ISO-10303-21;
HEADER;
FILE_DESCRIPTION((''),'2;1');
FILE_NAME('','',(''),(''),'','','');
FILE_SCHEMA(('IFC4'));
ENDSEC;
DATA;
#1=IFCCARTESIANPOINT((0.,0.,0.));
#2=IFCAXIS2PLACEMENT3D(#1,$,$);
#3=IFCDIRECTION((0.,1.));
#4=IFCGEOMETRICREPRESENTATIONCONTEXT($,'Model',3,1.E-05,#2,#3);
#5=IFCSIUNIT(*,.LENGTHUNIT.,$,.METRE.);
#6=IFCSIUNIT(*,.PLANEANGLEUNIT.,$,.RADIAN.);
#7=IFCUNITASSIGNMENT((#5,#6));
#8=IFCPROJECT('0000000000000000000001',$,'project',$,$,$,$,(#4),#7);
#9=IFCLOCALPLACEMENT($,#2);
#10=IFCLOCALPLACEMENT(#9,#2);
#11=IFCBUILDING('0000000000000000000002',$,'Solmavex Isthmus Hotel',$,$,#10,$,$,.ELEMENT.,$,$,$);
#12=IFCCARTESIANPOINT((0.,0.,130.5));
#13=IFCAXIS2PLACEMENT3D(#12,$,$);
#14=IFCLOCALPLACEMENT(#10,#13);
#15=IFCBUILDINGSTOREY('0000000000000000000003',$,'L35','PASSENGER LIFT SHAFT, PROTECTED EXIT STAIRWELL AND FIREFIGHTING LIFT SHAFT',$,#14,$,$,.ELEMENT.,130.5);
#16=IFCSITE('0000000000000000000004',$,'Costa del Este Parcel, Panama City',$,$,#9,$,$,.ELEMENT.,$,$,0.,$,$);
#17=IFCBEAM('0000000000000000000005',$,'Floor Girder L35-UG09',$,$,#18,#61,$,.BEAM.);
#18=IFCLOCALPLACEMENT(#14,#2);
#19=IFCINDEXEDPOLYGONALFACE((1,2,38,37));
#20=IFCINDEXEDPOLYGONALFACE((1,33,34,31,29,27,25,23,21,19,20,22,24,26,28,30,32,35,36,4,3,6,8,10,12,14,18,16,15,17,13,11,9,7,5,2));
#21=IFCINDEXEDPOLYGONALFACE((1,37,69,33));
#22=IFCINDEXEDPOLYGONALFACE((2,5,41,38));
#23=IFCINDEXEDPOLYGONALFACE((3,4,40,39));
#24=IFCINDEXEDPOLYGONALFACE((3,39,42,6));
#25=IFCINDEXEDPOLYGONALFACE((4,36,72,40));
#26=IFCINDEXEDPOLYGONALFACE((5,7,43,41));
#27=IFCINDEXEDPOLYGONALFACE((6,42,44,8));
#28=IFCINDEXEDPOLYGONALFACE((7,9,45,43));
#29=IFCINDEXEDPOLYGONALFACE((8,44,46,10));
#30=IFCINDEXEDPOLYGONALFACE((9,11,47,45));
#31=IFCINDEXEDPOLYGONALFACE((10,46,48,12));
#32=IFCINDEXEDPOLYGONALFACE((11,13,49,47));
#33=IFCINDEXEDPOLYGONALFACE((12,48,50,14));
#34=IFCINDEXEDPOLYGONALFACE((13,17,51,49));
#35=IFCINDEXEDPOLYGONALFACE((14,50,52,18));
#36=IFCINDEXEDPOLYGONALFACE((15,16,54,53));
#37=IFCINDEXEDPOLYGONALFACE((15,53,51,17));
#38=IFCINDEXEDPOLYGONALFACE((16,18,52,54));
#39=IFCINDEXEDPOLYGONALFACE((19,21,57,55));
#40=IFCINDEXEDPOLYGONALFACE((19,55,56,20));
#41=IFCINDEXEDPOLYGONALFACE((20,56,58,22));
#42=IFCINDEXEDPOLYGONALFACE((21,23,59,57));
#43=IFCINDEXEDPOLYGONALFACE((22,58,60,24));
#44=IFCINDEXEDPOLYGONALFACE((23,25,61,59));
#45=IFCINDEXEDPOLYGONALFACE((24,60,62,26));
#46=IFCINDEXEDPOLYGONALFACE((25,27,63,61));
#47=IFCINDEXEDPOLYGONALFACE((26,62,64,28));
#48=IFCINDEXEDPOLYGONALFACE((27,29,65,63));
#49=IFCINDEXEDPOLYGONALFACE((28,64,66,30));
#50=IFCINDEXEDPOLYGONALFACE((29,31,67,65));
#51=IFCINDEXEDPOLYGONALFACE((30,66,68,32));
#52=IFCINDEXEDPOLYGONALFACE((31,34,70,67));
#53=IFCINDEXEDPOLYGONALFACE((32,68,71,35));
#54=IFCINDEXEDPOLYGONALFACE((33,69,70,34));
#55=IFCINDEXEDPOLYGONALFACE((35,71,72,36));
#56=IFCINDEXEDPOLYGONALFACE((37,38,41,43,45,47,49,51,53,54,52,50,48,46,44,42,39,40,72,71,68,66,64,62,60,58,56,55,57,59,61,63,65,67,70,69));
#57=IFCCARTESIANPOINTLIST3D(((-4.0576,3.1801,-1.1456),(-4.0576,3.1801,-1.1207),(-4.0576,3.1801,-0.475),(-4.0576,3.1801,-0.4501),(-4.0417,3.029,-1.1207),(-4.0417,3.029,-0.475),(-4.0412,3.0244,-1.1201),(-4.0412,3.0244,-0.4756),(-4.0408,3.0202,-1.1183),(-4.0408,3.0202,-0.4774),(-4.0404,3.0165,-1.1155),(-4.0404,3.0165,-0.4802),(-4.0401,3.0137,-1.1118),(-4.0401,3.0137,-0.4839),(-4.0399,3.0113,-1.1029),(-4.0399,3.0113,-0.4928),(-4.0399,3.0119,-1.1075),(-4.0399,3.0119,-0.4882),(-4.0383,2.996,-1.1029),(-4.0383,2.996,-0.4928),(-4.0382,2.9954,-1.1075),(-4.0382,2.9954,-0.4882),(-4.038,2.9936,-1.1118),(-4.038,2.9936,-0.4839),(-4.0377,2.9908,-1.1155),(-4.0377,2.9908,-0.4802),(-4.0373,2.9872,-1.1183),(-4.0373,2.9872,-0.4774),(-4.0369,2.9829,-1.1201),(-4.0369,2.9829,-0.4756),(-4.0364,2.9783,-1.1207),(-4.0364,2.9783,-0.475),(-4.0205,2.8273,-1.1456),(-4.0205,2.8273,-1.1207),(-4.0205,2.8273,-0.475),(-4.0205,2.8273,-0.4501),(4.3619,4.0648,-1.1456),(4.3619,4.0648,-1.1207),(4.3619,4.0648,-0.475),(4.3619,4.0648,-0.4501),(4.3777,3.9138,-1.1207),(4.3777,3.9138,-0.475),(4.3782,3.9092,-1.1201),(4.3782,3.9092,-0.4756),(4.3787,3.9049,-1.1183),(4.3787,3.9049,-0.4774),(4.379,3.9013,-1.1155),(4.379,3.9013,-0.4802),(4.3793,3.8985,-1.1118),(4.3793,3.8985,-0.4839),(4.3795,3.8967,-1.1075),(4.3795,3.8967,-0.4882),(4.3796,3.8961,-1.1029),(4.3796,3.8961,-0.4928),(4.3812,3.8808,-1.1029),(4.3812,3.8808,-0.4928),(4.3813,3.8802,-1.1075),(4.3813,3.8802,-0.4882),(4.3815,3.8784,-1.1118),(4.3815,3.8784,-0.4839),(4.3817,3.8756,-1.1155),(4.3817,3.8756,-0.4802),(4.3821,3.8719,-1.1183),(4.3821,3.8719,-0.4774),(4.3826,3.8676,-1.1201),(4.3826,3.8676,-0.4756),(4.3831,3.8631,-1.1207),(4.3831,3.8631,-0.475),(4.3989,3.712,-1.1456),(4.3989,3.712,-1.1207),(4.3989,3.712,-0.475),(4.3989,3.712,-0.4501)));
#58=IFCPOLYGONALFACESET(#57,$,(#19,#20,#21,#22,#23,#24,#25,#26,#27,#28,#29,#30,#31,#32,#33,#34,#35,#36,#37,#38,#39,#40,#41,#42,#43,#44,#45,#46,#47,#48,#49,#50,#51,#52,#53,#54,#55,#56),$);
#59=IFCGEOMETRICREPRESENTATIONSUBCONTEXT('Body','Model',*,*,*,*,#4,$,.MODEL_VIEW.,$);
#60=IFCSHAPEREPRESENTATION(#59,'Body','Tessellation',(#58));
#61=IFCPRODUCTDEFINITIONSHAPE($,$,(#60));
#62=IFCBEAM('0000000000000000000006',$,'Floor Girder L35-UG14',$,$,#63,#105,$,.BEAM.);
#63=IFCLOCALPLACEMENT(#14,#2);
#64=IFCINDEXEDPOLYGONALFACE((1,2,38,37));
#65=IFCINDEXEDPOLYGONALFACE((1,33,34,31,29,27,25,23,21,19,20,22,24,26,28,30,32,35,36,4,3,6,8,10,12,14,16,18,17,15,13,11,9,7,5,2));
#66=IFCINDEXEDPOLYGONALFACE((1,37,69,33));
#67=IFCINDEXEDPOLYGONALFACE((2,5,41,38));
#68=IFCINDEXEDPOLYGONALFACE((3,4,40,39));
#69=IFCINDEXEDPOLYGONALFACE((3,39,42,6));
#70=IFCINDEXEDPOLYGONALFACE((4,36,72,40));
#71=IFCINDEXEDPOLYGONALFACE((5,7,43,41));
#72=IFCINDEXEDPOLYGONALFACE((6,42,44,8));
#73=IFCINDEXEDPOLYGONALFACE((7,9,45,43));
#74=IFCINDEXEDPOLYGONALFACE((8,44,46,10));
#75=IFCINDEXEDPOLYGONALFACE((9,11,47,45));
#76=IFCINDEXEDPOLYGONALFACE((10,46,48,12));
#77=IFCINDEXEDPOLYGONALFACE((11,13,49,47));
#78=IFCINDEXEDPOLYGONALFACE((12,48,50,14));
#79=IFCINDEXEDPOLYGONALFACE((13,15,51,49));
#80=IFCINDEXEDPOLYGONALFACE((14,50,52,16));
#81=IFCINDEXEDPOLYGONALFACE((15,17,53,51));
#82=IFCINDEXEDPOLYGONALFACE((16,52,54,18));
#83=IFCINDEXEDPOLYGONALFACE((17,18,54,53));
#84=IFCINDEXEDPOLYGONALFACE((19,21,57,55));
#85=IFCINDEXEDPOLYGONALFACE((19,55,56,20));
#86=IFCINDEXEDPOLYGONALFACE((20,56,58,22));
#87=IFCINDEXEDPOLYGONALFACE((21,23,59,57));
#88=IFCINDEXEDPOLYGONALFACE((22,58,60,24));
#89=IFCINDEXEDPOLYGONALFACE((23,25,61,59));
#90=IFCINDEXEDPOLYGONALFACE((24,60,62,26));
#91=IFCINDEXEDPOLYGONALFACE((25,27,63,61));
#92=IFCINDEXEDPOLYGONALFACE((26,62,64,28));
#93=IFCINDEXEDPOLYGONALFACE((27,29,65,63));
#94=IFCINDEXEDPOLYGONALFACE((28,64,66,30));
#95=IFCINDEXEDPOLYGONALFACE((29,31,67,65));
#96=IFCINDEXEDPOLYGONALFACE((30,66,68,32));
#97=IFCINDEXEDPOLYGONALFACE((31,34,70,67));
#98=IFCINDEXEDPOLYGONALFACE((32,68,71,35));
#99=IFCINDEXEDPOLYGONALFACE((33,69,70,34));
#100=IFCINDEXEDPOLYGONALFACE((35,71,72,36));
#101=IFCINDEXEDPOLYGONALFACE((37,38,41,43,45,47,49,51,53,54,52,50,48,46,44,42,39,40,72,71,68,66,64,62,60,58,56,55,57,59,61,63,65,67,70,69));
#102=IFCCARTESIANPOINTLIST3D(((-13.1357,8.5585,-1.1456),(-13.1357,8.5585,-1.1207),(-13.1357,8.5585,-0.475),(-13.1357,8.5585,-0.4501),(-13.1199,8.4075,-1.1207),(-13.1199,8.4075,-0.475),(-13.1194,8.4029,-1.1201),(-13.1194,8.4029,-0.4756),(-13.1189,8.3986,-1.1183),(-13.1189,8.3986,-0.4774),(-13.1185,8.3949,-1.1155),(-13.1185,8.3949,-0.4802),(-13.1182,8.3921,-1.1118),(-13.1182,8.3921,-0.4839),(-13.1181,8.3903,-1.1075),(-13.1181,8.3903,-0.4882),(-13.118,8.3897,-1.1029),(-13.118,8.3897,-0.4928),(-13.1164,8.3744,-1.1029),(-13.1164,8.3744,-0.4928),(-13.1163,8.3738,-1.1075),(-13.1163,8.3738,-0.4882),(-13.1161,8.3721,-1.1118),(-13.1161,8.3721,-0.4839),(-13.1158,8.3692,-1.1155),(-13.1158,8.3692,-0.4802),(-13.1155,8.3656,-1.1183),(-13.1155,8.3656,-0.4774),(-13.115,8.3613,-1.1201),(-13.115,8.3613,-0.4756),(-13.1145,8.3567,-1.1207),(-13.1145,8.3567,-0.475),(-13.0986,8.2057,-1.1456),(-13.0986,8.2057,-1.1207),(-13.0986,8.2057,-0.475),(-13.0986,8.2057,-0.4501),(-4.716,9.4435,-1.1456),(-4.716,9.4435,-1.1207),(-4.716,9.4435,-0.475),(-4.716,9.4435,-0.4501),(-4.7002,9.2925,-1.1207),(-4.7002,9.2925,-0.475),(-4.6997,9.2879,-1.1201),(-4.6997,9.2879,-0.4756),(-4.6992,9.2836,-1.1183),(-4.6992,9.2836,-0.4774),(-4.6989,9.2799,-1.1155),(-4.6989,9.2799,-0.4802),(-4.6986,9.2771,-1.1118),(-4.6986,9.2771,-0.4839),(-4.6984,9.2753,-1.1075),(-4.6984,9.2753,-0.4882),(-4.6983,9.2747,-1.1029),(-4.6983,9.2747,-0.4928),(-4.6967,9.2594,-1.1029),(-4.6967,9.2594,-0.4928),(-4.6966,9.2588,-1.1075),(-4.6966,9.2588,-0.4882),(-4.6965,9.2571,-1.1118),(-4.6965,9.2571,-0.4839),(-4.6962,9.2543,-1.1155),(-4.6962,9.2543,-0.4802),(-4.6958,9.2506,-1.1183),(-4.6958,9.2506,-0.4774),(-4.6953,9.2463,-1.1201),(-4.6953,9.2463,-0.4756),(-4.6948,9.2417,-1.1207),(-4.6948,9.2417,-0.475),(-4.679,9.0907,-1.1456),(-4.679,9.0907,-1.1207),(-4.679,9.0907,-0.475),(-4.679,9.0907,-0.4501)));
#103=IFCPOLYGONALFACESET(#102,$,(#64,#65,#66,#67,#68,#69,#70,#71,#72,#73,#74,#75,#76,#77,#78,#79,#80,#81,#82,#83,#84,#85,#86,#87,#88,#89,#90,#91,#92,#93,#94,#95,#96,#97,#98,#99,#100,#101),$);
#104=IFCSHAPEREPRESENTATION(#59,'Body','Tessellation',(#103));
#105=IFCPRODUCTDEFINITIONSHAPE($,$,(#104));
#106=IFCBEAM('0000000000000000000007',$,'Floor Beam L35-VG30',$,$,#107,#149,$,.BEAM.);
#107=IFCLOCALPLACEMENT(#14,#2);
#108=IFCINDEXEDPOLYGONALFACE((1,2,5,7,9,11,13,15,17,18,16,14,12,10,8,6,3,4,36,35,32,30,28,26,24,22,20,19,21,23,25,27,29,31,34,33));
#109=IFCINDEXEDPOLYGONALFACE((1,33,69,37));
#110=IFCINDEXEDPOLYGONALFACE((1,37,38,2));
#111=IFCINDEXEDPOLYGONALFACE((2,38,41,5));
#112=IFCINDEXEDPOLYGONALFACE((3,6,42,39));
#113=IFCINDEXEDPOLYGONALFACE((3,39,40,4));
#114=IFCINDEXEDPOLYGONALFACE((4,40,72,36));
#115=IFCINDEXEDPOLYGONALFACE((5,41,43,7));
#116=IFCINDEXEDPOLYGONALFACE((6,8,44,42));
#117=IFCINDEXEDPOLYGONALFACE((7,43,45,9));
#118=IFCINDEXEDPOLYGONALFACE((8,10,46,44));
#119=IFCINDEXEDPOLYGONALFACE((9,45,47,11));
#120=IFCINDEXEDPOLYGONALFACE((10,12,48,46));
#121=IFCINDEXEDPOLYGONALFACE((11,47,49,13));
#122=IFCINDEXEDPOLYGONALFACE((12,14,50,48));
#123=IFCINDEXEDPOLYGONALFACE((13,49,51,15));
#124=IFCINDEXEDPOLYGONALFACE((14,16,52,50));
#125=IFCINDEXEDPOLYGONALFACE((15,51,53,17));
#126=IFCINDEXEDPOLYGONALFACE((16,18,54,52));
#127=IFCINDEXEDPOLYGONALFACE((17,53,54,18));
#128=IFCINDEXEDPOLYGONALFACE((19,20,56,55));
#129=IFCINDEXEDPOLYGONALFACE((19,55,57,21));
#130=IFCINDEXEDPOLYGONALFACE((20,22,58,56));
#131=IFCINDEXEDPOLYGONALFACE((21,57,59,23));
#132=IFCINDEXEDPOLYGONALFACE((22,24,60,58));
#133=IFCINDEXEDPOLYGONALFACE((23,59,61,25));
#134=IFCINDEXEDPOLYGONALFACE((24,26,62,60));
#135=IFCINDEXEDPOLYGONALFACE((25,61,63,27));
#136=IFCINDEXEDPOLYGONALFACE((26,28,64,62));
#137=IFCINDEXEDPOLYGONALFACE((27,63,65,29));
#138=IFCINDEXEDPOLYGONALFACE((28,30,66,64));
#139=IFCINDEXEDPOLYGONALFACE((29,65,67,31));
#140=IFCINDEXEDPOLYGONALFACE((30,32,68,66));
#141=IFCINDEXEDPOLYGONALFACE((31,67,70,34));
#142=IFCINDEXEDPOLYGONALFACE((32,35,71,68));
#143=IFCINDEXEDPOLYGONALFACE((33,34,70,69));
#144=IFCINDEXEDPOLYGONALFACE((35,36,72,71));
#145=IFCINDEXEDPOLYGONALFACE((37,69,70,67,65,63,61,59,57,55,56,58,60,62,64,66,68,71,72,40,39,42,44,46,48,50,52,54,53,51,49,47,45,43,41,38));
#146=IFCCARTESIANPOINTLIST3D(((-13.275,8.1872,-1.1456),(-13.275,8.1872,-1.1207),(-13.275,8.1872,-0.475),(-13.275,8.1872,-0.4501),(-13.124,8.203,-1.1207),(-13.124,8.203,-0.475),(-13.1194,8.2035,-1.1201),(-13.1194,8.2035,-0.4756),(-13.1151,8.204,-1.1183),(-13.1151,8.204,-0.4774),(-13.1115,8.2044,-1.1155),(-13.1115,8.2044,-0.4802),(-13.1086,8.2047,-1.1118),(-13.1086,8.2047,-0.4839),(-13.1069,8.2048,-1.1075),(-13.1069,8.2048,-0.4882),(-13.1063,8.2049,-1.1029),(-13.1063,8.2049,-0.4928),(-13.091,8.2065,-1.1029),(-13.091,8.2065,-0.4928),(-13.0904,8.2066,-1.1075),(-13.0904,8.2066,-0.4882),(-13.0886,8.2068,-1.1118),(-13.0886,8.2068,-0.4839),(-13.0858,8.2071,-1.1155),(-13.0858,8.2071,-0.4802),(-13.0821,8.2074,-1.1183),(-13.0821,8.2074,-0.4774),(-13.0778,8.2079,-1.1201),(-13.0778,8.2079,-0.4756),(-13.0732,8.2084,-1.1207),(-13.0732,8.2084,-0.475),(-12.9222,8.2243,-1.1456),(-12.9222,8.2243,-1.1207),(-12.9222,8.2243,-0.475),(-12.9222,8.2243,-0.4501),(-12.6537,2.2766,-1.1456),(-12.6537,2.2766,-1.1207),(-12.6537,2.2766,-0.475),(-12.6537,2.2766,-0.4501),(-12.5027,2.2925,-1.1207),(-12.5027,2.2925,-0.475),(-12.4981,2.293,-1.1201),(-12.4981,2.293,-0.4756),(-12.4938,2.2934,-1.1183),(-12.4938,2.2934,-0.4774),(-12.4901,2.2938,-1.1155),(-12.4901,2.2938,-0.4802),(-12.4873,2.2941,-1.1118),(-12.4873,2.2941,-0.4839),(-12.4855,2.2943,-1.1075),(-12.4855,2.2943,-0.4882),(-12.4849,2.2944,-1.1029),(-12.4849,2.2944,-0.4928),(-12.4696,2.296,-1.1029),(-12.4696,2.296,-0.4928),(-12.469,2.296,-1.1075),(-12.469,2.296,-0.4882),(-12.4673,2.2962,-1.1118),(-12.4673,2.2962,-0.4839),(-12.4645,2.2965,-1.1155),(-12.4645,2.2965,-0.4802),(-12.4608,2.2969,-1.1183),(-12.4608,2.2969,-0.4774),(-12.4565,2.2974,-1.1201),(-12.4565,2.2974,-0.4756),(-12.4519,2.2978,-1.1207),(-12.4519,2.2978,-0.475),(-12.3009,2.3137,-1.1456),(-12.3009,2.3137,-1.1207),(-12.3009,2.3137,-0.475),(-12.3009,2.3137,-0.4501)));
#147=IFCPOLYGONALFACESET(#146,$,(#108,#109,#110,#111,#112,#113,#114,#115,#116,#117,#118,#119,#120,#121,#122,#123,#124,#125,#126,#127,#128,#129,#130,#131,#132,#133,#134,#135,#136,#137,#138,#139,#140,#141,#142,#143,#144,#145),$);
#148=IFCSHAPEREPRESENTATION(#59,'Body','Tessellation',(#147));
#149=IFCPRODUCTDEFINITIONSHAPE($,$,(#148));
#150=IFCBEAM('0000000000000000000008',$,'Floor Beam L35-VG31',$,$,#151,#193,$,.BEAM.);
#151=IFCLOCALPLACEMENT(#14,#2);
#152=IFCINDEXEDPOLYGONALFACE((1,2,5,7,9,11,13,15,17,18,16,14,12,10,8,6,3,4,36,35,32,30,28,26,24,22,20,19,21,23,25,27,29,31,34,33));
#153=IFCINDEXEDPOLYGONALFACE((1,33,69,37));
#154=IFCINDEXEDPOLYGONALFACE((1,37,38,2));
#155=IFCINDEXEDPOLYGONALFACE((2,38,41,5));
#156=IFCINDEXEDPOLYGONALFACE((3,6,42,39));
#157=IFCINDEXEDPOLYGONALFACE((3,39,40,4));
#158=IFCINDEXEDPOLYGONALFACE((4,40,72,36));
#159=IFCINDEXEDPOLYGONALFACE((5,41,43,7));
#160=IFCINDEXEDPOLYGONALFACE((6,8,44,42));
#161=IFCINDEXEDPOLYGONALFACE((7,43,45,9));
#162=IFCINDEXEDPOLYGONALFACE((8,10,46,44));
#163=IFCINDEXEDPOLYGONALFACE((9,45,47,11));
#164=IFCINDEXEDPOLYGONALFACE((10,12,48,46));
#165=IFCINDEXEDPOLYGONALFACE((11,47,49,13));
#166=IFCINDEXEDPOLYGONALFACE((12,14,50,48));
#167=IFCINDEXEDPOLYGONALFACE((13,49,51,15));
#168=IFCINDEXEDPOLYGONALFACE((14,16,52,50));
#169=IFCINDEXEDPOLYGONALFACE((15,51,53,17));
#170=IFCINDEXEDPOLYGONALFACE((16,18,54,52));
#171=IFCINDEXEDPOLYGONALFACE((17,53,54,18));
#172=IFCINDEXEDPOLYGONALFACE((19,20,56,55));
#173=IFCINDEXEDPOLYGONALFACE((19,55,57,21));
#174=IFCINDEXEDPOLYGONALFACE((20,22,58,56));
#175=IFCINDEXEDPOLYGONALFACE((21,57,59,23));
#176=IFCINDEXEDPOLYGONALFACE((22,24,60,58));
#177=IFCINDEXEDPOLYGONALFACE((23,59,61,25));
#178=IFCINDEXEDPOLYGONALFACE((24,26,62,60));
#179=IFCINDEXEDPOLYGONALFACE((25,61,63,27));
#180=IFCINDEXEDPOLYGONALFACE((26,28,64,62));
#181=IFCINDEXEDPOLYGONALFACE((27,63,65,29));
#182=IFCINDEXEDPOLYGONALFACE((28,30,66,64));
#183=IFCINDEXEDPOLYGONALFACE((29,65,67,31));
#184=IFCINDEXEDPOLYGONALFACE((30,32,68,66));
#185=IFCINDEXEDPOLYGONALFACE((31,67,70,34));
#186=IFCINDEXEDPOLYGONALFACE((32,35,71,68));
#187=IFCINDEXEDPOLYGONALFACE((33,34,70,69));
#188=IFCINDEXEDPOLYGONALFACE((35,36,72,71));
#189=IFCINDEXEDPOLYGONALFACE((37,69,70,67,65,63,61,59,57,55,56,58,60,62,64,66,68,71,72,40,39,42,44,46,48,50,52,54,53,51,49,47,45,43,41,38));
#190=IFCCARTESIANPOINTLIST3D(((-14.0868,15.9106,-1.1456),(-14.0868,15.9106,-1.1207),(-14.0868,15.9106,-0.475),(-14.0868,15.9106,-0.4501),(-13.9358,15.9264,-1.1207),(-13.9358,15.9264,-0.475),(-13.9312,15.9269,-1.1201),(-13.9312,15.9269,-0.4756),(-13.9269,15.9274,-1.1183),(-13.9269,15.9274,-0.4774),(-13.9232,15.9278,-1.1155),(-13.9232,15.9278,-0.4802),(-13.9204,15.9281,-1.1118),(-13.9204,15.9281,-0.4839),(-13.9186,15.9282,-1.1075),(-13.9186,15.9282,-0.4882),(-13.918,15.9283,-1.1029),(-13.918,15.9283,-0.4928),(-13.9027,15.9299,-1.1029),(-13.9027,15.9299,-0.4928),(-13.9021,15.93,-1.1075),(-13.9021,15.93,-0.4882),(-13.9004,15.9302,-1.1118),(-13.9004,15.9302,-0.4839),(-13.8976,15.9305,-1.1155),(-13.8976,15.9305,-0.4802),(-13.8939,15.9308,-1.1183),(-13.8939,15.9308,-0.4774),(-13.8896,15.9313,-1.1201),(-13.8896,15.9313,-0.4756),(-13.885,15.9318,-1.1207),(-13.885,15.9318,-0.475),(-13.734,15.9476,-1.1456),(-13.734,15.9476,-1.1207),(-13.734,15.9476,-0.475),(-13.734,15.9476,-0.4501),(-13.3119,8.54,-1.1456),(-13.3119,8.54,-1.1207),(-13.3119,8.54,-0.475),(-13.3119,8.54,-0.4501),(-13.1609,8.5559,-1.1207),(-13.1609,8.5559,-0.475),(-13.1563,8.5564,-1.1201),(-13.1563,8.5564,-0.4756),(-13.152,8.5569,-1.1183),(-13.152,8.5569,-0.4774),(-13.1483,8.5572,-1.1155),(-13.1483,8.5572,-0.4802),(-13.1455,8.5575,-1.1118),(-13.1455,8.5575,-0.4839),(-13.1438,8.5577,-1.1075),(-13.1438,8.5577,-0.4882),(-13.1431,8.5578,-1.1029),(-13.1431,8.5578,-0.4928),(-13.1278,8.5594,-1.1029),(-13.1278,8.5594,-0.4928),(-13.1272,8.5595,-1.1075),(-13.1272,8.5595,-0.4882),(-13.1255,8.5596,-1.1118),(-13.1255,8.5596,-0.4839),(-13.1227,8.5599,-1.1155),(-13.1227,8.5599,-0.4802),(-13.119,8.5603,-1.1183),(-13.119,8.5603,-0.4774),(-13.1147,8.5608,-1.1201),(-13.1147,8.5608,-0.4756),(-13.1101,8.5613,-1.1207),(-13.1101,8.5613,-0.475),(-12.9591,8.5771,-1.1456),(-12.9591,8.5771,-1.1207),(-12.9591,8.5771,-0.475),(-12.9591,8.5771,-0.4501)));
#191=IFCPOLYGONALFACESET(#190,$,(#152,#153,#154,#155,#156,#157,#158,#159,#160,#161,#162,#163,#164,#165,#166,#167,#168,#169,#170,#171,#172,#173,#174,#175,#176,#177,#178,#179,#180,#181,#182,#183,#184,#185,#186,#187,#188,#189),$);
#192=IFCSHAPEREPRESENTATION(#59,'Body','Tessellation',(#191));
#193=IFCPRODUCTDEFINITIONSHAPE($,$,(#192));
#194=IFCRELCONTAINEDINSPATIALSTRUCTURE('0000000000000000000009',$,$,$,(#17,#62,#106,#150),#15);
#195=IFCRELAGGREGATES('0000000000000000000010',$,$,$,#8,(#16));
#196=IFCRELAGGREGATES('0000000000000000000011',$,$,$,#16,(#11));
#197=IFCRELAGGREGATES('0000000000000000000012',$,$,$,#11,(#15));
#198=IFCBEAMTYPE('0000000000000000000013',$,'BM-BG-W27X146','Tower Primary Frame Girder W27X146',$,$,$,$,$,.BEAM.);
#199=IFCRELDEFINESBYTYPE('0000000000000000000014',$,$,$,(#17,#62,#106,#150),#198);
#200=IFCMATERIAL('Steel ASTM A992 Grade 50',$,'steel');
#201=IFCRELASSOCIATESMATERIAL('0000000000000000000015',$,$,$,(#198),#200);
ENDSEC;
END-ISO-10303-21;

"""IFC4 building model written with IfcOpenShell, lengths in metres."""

from ifc_helpers import new_model, si_unit, direction, frame, origin, origin_2d, place, context, subcontext, project, spatial, i_section, extrude, material, material_profile, profile_set, type_object, element, save


model = new_model("IFC4")

# Units and contexts
model_context = context("Model", 3, precision=1e-05, world=origin(), true_north=direction((0.0, 1.0)))
body_context = subcontext(model_context, "Body", "Model", "MODEL_VIEW")
ifc_project = project(units=[si_unit("LENGTHUNIT", "METRE"), si_unit("PLANEANGLEUNIT", "RADIAN")], contexts=[model_context])

# Site, building, storey
site_placement = place(None, origin())
site = spatial("IfcSite", under=ifc_project, at=site_placement, Name="Costa del Este Parcel, Panama City", CompositionType="ELEMENT", RefElevation=0.0)
building_placement = place(site_placement, origin())
building = spatial("IfcBuilding", under=site, at=building_placement, Name="Solmavex Isthmus Hotel", CompositionType="ELEMENT")
storey_placement = place(building_placement, frame((0.0, 0.0, 130.5)))
storey = spatial("IfcBuildingStorey", under=building, at=storey_placement, Name="L35", Description="PASSENGER LIFT SHAFT, PROTECTED EXIT STAIRWELL AND FIREFIGHTING LIFT SHAFT", CompositionType="ELEMENT", Elevation=130.5)

# Beams
ifc_material_1 = material(Name="Steel ASTM A992 Grade 50", Category="steel")
ifc_material_profile_1 = material_profile(ifc_material_1, i_section(OverallWidth=0.3547, OverallDepth=0.6956, WebThickness=0.0154, FlangeThickness=0.0249, FilletRadius=0.0178, at=origin_2d()), Name="W27X146")
ifc_profile_set_1 = profile_set([ifc_material_profile_1], Name="Steel ASTM A992 Grade 50")
beam_type_1 = type_object("IfcBeamType", Name="BM-BG-W27X146", Description="Tower Primary Frame Girder W27X146", PredefinedType="BEAM", material=ifc_profile_set_1)
beam_1_placement = place(storey_placement, frame((-4.0391, 3.0037, -0.7979), z_axis=(0.994524, 0.104511, 0.0), x_axis=(-0.104511, 0.994524, 0.0)))
element("IfcBeam", 1, at=beam_1_placement, inside=storey, type_object=beam_type_1, Name="Floor Girder L35-UG09", PredefinedType="BEAM", context=body_context, shape_type="SweptSolid", body=[
    extrude(i_section(OverallWidth=0.3547, OverallDepth=0.6956, WebThickness=0.0154, FlangeThickness=0.0249, FilletRadius=0.0178, at=origin_2d()), origin(), (0.0, 0.0, 1.0), 8.4658),
])
beam_2_placement = place(storey_placement, frame((-13.1172, 8.3821, -0.7979), z_axis=(0.994521, 0.104536, 0.0), x_axis=(-0.104536, 0.994521, 0.0)))
element("IfcBeam", 2, at=beam_2_placement, inside=storey, type_object=beam_type_1, Name="Floor Girder L35-UG14", PredefinedType="BEAM", context=body_context, shape_type="SweptSolid", body=[
    extrude(i_section(OverallWidth=0.3547, OverallDepth=0.6956, WebThickness=0.0154, FlangeThickness=0.0249, FilletRadius=0.0178, at=origin_2d()), origin(), (0.0, 0.0, 1.0), 8.4661),
])
beam_3_placement = place(storey_placement, frame((-12.4773, 2.2952, -0.7979), z_axis=(-0.104546, 0.99452, 0.0), x_axis=(-0.99452, -0.104546, 0.0)))
element("IfcBeam", 3, at=beam_3_placement, inside=storey, type_object=beam_type_1, Name="Floor Beam L35-VG30", PredefinedType="BEAM", context=body_context, shape_type="SweptSolid", body=[
    extrude(i_section(OverallWidth=0.3547, OverallDepth=0.6956, WebThickness=0.0154, FlangeThickness=0.0249, FilletRadius=0.0178, at=origin_2d()), origin(), (0.0, 0.0, 1.0), 5.9431),
])
beam_4_placement = place(storey_placement, frame((-13.1355, 8.5586, -0.7979), z_axis=(-0.104558, 0.994519, 0.0), x_axis=(-0.994519, -0.104558, 0.0)))
element("IfcBeam", 4, at=beam_4_placement, inside=storey, type_object=beam_type_1, Name="Floor Beam L35-VG31", PredefinedType="BEAM", context=body_context, shape_type="SweptSolid", body=[
    extrude(i_section(OverallWidth=0.3547, OverallDepth=0.6956, WebThickness=0.0154, FlangeThickness=0.0249, FilletRadius=0.0178, at=origin_2d()), origin(), (0.0, 0.0, 1.0), 7.4111),
])

save(model, "model.ifc")
